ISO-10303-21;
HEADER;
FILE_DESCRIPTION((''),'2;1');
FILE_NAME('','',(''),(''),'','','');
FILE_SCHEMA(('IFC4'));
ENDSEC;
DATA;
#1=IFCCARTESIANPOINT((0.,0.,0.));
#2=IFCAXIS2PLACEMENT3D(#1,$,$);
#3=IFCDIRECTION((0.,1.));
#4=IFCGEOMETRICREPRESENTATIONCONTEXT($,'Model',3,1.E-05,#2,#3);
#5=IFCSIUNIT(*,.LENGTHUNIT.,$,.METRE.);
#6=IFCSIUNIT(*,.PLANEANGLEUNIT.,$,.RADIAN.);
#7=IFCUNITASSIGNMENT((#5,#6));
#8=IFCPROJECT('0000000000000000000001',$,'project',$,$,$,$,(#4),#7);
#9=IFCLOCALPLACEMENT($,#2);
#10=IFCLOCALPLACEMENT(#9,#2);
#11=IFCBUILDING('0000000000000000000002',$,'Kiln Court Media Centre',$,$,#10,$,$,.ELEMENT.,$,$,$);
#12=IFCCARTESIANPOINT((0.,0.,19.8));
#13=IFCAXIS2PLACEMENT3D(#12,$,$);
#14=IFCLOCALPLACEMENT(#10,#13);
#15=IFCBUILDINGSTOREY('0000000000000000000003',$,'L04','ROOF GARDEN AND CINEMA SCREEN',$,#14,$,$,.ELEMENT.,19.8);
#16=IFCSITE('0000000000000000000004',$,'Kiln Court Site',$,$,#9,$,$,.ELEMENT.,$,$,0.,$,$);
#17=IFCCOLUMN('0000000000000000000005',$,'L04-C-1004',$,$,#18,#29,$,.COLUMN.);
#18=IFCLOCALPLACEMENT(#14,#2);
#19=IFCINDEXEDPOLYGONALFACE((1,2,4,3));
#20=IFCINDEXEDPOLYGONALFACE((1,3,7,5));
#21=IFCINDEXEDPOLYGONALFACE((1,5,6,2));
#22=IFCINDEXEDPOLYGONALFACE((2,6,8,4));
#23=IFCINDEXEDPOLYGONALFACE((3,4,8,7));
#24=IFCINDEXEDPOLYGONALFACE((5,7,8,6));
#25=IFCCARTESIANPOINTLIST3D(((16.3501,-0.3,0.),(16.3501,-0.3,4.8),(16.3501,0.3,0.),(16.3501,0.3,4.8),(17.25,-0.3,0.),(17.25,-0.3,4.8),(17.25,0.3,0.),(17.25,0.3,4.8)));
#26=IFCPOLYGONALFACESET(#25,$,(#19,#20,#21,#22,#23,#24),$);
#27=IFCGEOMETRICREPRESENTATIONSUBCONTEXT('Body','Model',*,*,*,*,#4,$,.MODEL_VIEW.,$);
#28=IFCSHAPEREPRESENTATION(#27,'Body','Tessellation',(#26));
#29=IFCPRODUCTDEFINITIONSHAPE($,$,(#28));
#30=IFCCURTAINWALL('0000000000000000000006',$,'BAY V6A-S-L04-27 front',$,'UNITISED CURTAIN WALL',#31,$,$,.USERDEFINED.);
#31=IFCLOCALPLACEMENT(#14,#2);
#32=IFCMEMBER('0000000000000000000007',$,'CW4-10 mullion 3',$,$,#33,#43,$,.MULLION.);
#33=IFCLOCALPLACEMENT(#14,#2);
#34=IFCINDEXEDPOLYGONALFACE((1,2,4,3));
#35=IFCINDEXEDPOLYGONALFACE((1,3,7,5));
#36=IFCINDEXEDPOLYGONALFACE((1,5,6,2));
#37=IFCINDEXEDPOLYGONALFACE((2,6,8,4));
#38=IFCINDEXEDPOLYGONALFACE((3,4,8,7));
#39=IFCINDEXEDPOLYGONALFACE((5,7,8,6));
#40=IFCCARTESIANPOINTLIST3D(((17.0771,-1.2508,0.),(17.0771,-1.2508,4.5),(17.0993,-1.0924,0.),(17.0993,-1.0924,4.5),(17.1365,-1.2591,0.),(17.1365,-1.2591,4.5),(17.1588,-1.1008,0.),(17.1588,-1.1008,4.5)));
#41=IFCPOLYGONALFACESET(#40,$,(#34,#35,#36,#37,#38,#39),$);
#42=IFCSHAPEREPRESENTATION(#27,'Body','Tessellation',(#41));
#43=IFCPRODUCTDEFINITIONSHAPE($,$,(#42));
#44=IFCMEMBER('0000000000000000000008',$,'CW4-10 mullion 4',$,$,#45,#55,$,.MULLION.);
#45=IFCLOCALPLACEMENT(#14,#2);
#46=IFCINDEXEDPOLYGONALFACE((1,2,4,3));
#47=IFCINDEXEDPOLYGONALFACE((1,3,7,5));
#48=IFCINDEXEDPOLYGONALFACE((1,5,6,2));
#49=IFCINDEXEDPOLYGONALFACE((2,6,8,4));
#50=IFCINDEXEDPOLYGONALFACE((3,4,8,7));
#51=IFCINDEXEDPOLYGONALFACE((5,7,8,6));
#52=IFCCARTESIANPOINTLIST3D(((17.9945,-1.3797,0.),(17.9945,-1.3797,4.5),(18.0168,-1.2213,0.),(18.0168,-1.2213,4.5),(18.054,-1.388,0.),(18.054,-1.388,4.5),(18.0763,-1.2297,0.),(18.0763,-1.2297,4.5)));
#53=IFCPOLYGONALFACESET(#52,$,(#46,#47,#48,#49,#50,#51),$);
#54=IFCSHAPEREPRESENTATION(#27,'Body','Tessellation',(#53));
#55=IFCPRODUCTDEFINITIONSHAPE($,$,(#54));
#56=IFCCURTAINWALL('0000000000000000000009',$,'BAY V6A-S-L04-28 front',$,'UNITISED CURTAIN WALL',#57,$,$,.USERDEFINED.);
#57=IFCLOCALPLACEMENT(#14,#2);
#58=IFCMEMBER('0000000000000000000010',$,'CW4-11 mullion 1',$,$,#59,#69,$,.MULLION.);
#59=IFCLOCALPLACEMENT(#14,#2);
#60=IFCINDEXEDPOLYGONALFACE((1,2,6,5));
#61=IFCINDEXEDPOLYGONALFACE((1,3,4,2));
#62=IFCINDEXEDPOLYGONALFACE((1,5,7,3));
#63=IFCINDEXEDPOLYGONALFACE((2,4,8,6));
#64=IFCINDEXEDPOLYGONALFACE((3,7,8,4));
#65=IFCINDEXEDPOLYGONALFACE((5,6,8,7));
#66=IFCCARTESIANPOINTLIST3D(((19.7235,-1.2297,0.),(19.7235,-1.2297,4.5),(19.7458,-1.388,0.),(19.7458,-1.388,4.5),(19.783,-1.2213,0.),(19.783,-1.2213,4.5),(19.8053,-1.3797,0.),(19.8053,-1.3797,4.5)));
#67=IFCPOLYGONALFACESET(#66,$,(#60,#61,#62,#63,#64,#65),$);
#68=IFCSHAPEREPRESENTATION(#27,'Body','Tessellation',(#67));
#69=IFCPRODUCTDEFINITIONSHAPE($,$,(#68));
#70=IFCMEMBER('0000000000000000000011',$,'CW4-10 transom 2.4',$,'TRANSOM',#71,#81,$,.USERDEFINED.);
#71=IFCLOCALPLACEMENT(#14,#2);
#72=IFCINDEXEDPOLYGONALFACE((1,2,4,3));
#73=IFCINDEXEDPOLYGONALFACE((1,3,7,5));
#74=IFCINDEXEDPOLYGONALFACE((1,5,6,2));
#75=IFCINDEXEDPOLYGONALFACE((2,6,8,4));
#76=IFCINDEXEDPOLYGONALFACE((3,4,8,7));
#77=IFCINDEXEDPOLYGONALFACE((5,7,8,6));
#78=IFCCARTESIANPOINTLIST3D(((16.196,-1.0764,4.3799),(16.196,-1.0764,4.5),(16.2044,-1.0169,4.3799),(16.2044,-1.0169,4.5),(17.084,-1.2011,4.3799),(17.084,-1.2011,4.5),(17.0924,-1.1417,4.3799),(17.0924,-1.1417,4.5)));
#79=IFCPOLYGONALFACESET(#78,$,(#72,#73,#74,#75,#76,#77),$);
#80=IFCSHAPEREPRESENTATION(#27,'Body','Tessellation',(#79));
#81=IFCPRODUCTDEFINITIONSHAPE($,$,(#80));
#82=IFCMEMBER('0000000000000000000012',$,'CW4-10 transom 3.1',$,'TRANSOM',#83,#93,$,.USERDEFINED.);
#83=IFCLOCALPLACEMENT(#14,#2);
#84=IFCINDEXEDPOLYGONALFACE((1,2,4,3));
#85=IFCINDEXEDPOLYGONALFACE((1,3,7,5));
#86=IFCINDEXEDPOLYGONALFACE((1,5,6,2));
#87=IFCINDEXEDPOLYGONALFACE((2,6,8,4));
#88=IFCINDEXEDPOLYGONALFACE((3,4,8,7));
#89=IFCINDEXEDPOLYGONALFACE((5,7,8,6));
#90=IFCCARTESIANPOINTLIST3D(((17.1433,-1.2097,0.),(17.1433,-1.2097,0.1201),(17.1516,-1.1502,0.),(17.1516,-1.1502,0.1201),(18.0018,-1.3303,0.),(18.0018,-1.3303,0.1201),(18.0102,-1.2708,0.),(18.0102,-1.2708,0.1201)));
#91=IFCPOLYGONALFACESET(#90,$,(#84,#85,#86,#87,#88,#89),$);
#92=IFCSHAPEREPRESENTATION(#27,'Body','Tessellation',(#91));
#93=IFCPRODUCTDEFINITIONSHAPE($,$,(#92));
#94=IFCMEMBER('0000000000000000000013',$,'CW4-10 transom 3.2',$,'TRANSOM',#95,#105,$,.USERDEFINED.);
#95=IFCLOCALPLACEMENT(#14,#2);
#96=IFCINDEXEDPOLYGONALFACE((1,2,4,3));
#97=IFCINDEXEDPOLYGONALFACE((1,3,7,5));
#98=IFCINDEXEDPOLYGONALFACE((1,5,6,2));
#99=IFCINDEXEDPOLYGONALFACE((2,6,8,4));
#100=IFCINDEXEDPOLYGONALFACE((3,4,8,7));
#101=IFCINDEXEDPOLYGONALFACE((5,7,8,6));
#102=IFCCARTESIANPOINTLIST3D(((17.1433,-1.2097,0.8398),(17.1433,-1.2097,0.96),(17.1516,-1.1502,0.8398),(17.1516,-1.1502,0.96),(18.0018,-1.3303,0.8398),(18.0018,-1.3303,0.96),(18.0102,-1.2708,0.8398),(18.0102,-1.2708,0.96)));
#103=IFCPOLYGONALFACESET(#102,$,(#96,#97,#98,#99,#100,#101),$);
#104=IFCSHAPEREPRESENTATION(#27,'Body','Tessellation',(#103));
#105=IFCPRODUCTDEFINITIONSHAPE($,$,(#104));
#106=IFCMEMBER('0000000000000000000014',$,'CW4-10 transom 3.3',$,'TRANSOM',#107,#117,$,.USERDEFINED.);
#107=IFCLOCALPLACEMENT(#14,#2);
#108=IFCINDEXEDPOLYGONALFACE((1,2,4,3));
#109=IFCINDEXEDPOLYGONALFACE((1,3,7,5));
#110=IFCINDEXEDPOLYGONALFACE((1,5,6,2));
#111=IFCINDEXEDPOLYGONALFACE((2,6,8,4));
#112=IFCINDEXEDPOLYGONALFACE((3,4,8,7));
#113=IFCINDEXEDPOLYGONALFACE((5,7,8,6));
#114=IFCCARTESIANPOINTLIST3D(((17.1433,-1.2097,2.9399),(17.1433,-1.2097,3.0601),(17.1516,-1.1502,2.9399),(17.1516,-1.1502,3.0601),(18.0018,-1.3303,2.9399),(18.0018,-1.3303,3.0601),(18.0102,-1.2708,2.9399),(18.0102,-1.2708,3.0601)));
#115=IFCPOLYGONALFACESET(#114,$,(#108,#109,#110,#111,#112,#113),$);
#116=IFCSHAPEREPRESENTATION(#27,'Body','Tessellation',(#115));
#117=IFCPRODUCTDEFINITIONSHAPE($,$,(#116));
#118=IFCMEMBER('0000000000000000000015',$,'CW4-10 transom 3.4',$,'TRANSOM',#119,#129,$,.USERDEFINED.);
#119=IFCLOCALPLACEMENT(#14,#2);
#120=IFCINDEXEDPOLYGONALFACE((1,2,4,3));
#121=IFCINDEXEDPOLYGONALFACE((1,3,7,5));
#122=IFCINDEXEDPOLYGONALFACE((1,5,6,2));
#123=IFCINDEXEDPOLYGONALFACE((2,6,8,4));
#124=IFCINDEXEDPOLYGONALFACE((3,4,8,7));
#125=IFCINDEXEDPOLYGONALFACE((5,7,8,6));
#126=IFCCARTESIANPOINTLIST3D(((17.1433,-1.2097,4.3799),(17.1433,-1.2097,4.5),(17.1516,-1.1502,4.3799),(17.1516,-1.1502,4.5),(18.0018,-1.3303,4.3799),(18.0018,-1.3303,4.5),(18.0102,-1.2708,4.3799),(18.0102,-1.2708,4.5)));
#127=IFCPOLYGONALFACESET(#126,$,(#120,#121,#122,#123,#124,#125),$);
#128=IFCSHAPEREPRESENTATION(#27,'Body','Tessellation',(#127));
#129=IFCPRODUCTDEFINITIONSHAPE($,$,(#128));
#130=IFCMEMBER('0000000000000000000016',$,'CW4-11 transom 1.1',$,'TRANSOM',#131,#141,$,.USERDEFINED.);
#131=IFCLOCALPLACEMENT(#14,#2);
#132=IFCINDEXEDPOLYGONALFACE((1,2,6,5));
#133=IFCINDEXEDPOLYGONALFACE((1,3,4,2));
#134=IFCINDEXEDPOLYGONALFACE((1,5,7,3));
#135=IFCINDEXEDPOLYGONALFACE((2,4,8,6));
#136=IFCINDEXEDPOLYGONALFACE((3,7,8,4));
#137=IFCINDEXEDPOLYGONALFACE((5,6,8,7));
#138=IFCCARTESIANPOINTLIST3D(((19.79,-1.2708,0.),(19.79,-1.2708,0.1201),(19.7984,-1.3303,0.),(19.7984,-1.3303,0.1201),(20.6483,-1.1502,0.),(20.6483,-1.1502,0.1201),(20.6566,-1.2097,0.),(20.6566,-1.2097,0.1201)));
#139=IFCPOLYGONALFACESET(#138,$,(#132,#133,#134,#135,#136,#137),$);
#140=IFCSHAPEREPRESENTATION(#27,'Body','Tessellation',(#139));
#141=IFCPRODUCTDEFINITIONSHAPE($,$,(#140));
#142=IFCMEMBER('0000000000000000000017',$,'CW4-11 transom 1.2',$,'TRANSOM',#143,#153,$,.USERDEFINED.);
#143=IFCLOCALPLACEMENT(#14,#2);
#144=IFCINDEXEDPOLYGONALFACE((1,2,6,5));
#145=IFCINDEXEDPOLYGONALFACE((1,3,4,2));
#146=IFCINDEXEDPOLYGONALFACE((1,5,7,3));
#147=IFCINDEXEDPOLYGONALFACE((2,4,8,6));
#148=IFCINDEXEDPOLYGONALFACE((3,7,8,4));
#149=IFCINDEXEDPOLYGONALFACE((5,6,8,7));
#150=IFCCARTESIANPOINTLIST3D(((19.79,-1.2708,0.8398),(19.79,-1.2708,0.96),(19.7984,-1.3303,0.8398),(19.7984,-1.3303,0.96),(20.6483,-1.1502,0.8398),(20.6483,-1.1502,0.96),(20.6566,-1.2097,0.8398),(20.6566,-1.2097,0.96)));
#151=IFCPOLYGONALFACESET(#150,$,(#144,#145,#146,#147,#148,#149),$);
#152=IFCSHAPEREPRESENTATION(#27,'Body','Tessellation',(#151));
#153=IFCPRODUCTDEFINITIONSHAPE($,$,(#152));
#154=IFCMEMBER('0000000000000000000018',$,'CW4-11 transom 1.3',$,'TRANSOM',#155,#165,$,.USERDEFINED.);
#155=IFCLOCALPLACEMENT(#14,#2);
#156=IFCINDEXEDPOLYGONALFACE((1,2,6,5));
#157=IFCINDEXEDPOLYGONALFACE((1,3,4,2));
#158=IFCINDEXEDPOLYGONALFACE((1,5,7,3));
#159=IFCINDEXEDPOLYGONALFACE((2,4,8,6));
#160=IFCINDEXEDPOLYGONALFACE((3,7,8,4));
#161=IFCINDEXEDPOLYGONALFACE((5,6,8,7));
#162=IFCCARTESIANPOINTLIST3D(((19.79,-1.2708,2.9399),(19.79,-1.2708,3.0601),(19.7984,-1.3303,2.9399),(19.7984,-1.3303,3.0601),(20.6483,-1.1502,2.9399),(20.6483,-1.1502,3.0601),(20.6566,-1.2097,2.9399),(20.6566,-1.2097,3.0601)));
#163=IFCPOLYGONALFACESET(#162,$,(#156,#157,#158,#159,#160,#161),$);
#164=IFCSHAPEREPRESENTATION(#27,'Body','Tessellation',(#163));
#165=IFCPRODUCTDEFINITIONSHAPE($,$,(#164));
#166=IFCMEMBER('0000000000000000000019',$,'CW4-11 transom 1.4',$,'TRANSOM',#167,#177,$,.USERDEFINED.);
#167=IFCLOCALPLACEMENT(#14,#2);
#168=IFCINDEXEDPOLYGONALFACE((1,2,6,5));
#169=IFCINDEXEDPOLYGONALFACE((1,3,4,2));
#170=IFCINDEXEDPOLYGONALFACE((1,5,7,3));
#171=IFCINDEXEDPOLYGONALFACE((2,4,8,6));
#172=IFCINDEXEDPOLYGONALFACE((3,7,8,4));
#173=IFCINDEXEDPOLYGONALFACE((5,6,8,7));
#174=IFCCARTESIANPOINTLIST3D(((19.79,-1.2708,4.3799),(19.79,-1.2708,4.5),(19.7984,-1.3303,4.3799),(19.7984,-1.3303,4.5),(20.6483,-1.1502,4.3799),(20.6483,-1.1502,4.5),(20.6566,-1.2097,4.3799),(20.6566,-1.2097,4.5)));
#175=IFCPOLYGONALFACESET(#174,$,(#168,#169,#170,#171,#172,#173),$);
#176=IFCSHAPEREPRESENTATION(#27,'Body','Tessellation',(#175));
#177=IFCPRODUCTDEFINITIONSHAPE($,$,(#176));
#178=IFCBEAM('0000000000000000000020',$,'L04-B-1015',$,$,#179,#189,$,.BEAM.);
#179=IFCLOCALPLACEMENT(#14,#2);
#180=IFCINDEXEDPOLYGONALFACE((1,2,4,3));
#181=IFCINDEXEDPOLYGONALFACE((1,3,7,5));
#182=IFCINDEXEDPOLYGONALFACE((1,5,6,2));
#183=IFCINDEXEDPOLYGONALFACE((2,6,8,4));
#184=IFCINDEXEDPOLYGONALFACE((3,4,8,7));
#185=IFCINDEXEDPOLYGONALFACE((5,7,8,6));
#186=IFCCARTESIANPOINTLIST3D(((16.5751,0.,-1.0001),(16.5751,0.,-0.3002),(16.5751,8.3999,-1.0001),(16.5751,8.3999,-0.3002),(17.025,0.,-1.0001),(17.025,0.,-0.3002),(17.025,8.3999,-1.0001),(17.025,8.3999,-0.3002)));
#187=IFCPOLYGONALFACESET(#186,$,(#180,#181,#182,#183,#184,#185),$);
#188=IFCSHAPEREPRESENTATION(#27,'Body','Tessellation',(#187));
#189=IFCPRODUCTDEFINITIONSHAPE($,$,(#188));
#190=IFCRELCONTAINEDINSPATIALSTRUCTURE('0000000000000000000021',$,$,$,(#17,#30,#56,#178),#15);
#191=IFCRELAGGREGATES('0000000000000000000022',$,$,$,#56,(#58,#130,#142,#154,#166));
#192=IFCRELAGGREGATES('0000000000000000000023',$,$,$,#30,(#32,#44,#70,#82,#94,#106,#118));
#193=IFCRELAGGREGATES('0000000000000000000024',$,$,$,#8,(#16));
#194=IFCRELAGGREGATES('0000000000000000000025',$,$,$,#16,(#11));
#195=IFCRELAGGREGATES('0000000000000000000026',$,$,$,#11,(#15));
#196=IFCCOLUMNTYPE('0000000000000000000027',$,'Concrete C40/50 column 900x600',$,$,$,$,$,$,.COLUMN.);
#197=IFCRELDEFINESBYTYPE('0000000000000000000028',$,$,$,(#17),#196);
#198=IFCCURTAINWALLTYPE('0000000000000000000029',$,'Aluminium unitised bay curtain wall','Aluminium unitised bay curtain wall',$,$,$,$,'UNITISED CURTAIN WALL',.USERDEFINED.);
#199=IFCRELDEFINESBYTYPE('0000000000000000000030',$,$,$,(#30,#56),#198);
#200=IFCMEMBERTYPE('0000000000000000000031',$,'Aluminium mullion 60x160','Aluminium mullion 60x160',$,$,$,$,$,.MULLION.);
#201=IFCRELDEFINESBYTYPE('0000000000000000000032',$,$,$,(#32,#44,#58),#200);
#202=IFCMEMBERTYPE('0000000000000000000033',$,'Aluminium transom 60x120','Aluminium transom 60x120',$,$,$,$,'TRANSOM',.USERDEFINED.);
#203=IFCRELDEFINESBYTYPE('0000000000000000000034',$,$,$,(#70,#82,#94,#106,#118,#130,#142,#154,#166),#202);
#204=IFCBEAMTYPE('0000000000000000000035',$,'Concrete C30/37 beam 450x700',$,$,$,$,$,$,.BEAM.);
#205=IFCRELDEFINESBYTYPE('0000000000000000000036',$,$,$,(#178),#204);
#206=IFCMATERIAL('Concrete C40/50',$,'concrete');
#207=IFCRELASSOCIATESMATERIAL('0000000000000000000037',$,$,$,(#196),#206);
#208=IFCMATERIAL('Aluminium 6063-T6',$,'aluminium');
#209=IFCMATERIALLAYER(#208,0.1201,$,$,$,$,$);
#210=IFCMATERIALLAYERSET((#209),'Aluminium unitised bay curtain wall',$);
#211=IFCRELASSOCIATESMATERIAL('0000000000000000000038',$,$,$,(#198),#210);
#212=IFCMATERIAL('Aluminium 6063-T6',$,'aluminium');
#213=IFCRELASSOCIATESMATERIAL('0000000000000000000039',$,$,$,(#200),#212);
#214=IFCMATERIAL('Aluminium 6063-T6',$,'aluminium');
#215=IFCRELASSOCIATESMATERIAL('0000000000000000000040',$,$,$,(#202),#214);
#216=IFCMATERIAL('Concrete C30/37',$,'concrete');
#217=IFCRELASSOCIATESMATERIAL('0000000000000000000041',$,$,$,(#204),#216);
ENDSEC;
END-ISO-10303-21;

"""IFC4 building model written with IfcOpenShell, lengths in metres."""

from ifc_helpers import new_model, si_unit, direction, frame, origin, origin_2d, place, context, subcontext, project, spatial, rectangle, extrude, material, layer, layer_set, material_profile, profile_set, type_object, element, aggregate, save


model = new_model("IFC4")

# Units and contexts
model_context = context("Model", 3, precision=1e-05, world=origin(), true_north=direction((0.0, 1.0)))
body_context = subcontext(model_context, "Body", "Model", "MODEL_VIEW")
ifc_project = project(units=[si_unit("LENGTHUNIT", "METRE"), si_unit("PLANEANGLEUNIT", "RADIAN")], contexts=[model_context])

# Site, building, storey
site_placement = place(None, origin())
site = spatial("IfcSite", under=ifc_project, at=site_placement, Name="Kiln Court Site", CompositionType="ELEMENT", RefElevation=0.0)
building_placement = place(site_placement, origin())
building = spatial("IfcBuilding", under=site, at=building_placement, Name="Kiln Court Media Centre", CompositionType="ELEMENT")
storey_placement = place(building_placement, frame((0.0, 0.0, 19.8)))
storey = spatial("IfcBuildingStorey", under=building, at=storey_placement, Name="L04", Description="ROOF GARDEN AND CINEMA SCREEN", CompositionType="ELEMENT", Elevation=19.8)

# Column
ifc_material_1 = material(Name="Concrete C40/50", Category="concrete")
ifc_material_profile_1 = material_profile(ifc_material_1, rectangle(XDim=0.8999, YDim=0.6001, at=origin_2d()), Name="RC 900x600")
ifc_profile_set_1 = profile_set([ifc_material_profile_1], Name="Concrete C40/50")
column_type = type_object("IfcColumnType", Name="Concrete C40/50 column 900x600", PredefinedType="COLUMN", material=ifc_profile_set_1)
column_placement = place(storey_placement, frame((16.8, 0.0, 0.0), z_axis=(0.0, 0.0, 1.0), x_axis=(1.0, 0.0, 0.0)))
element("IfcColumn", 1, at=column_placement, inside=storey, type_object=column_type, Name="L04-C-1004", PredefinedType="COLUMN", context=body_context, shape_type="SweptSolid", body=[
    extrude(rectangle(XDim=0.8999, YDim=0.6001, at=origin_2d()), origin(), (0.0, 0.0, 1.0), 4.8),
])

# Curtain wall, members
ifc_material_2 = material(Name="Aluminium 6063-T6", Category="aluminium")
ifc_layer_1 = layer(ifc_material_2, 0.1201)
ifc_layer_set_1 = layer_set([ifc_layer_1], Name="Aluminium unitised bay curtain wall")
curtain_wall_type = type_object("IfcCurtainWallType", Name="Aluminium unitised bay curtain wall", Description="Aluminium unitised bay curtain wall", ElementType="UNITISED CURTAIN WALL", PredefinedType="USERDEFINED", material=ifc_layer_set_1)
curtain_wall_1_placement = place(storey_placement, origin())
curtain_wall_1 = element("IfcCurtainWall", 2, at=curtain_wall_1_placement, inside=storey, type_object=curtain_wall_type, Name="BAY V6A-S-L04-27 front", ObjectType="UNITISED CURTAIN WALL", PredefinedType="USERDEFINED")
ifc_material_3 = material(Name="Aluminium 6063-T6", Category="aluminium")
ifc_material_profile_2 = material_profile(ifc_material_3, rectangle(XDim=0.0601, YDim=0.1599, at=origin_2d()), Name="Aluminium mullion 60x160")
ifc_profile_set_2 = profile_set([ifc_material_profile_2], Name="Aluminium 6063-T6")
member_type_1 = type_object("IfcMemberType", Name="Aluminium mullion 60x160", Description="Aluminium mullion 60x160", PredefinedType="MULLION", material=ifc_profile_set_2)
member_1_placement = place(storey_placement, frame((17.1179, -1.1758, 0.0), z_axis=(0.0, 0.0, 1.0), x_axis=(0.99027, -0.139162, 0.0)))
member_1 = element("IfcMember", 3, at=member_1_placement, type_object=member_type_1, Name="CW4-10 mullion 3", PredefinedType="MULLION", context=body_context, shape_type="SweptSolid", body=[
    extrude(rectangle(XDim=0.0601, YDim=0.1599, at=origin_2d()), origin(), (0.0, 0.0, 1.0), 4.5),
])
member_2_placement = place(storey_placement, frame((18.0354, -1.3047, 0.0), z_axis=(0.0, 0.0, 1.0), x_axis=(0.99027, -0.139162, 0.0)))
member_2 = element("IfcMember", 4, at=member_2_placement, type_object=member_type_1, Name="CW4-10 mullion 4", PredefinedType="MULLION", context=body_context, shape_type="SweptSolid", body=[
    extrude(rectangle(XDim=0.0601, YDim=0.1599, at=origin_2d()), origin(), (0.0, 0.0, 1.0), 4.5),
])

# Curtain wall, member
curtain_wall_2_placement = place(storey_placement, origin())
curtain_wall_2 = element("IfcCurtainWall", 5, at=curtain_wall_2_placement, inside=storey, type_object=curtain_wall_type, Name="BAY V6A-S-L04-28 front", ObjectType="UNITISED CURTAIN WALL", PredefinedType="USERDEFINED")
member_3_placement = place(storey_placement, frame((19.7644, -1.3047, 0.0), z_axis=(0.0, 0.0, 1.0), x_axis=(0.99027, 0.139162, 0.0)))
member_3 = element("IfcMember", 6, at=member_3_placement, type_object=member_type_1, Name="CW4-11 mullion 1", PredefinedType="MULLION", context=body_context, shape_type="SweptSolid", body=[
    extrude(rectangle(XDim=0.0601, YDim=0.1599, at=origin_2d()), origin(), (0.0, 0.0, 1.0), 4.5),
])

# Members
ifc_material_4 = material(Name="Aluminium 6063-T6", Category="aluminium")
ifc_material_profile_3 = material_profile(ifc_material_4, rectangle(XDim=0.0601, YDim=0.1201, at=origin_2d()), Name="Aluminium transom 60x120")
ifc_profile_set_3 = profile_set([ifc_material_profile_3], Name="Aluminium 6063-T6")
member_type_2 = type_object("IfcMemberType", Name="Aluminium transom 60x120", Description="Aluminium transom 60x120", ElementType="TRANSOM", PredefinedType="USERDEFINED", material=ifc_profile_set_3)
member_4_placement = place(storey_placement, frame((16.2002, -1.0466, 4.4399), z_axis=(0.990274, -0.139134, 0.0), x_axis=(0.139134, 0.990274, 0.0)))
member_4 = element("IfcMember", 7, at=member_4_placement, type_object=member_type_2, Name="CW4-10 transom 2.4", ObjectType="TRANSOM", PredefinedType="USERDEFINED", context=body_context, shape_type="SweptSolid", body=[
    extrude(rectangle(XDim=0.0601, YDim=0.1201, at=origin_2d()), origin(), (0.0, 0.0, 1.0), 0.8967),
])
member_5_placement = place(storey_placement, frame((17.1475, -1.1799, 0.0601), z_axis=(0.990274, -0.139134, 0.0), x_axis=(0.139134, 0.990274, 0.0)))
member_5 = element("IfcMember", 8, at=member_5_placement, type_object=member_type_2, Name="CW4-10 transom 3.1", ObjectType="TRANSOM", PredefinedType="USERDEFINED", context=body_context, shape_type="SweptSolid", body=[
    extrude(rectangle(XDim=0.0601, YDim=0.1201, at=origin_2d()), origin(), (0.0, 0.0, 1.0), 0.8669),
])
member_6_placement = place(storey_placement, frame((17.1475, -1.1799, 0.8999), z_axis=(0.990274, -0.139134, 0.0), x_axis=(0.139134, 0.990274, 0.0)))
member_6 = element("IfcMember", 9, at=member_6_placement, type_object=member_type_2, Name="CW4-10 transom 3.2", ObjectType="TRANSOM", PredefinedType="USERDEFINED", context=body_context, shape_type="SweptSolid", body=[
    extrude(rectangle(XDim=0.0601, YDim=0.1201, at=origin_2d()), origin(), (0.0, 0.0, 1.0), 0.8669),
])
member_7_placement = place(storey_placement, frame((17.1475, -1.1799, 3.0), z_axis=(0.990274, -0.139134, 0.0), x_axis=(0.139134, 0.990274, 0.0)))
member_7 = element("IfcMember", 10, at=member_7_placement, type_object=member_type_2, Name="CW4-10 transom 3.3", ObjectType="TRANSOM", PredefinedType="USERDEFINED", context=body_context, shape_type="SweptSolid", body=[
    extrude(rectangle(XDim=0.0601, YDim=0.1201, at=origin_2d()), origin(), (0.0, 0.0, 1.0), 0.8669),
])
member_8_placement = place(storey_placement, frame((17.1475, -1.1799, 4.4399), z_axis=(0.990274, -0.139134, 0.0), x_axis=(0.139134, 0.990274, 0.0)))
member_8 = element("IfcMember", 11, at=member_8_placement, type_object=member_type_2, Name="CW4-10 transom 3.4", ObjectType="TRANSOM", PredefinedType="USERDEFINED", context=body_context, shape_type="SweptSolid", body=[
    extrude(rectangle(XDim=0.0601, YDim=0.1201, at=origin_2d()), origin(), (0.0, 0.0, 1.0), 0.8669),
])
member_9_placement = place(storey_placement, frame((19.7942, -1.3005, 0.0601), z_axis=(0.990268, 0.139173, 0.0), x_axis=(-0.139173, 0.990268, 0.0)))
member_9 = element("IfcMember", 12, at=member_9_placement, type_object=member_type_2, Name="CW4-11 transom 1.1", ObjectType="TRANSOM", PredefinedType="USERDEFINED", context=body_context, shape_type="SweptSolid", body=[
    extrude(rectangle(XDim=0.0601, YDim=0.1201, at=origin_2d()), origin(), (0.0, 0.0, 1.0), 0.8667),
])
member_10_placement = place(storey_placement, frame((19.7942, -1.3005, 0.8999), z_axis=(0.990268, 0.139173, 0.0), x_axis=(-0.139173, 0.990268, 0.0)))
member_10 = element("IfcMember", 13, at=member_10_placement, type_object=member_type_2, Name="CW4-11 transom 1.2", ObjectType="TRANSOM", PredefinedType="USERDEFINED", context=body_context, shape_type="SweptSolid", body=[
    extrude(rectangle(XDim=0.0601, YDim=0.1201, at=origin_2d()), origin(), (0.0, 0.0, 1.0), 0.8667),
])
member_11_placement = place(storey_placement, frame((19.7942, -1.3005, 3.0), z_axis=(0.990268, 0.139173, 0.0), x_axis=(-0.139173, 0.990268, 0.0)))
member_11 = element("IfcMember", 14, at=member_11_placement, type_object=member_type_2, Name="CW4-11 transom 1.3", ObjectType="TRANSOM", PredefinedType="USERDEFINED", context=body_context, shape_type="SweptSolid", body=[
    extrude(rectangle(XDim=0.0601, YDim=0.1201, at=origin_2d()), origin(), (0.0, 0.0, 1.0), 0.8667),
])
member_12_placement = place(storey_placement, frame((19.7942, -1.3005, 4.4399), z_axis=(0.990268, 0.139173, 0.0), x_axis=(-0.139173, 0.990268, 0.0)))
member_12 = element("IfcMember", 15, at=member_12_placement, type_object=member_type_2, Name="CW4-11 transom 1.4", ObjectType="TRANSOM", PredefinedType="USERDEFINED", context=body_context, shape_type="SweptSolid", body=[
    extrude(rectangle(XDim=0.0601, YDim=0.1201, at=origin_2d()), origin(), (0.0, 0.0, 1.0), 0.8667),
])

# Beam
ifc_material_5 = material(Name="Concrete C30/37", Category="concrete")
ifc_material_profile_4 = material_profile(ifc_material_5, rectangle(XDim=0.45, YDim=0.7, at=origin_2d()), Name="RC 450x700")
ifc_profile_set_4 = profile_set([ifc_material_profile_4], Name="Concrete C30/37")
beam_type = type_object("IfcBeamType", Name="Concrete C30/37 beam 450x700", PredefinedType="BEAM", material=ifc_profile_set_4)
for number, where, z_axis, x_axis, name in (
    (16, (16.8, 0.0, -0.6501), (0.0, 1.0, 0.0), (-1.0, 0.0, 0.0), "L04-B-1015"),
):
    element("IfcBeam", number, at=place(storey_placement, frame(where, z_axis=z_axis, x_axis=x_axis)), inside=storey, type_object=beam_type, Name=name, PredefinedType="BEAM", context=body_context, shape_type="SweptSolid", body=[
        extrude(rectangle(XDim=0.45, YDim=0.7, at=origin_2d()), origin(), (0.0, 0.0, 1.0), 8.3999),
    ])

aggregate(curtain_wall_2, [member_3, member_9, member_10, member_11, member_12])
aggregate(curtain_wall_1, [member_1, member_2, member_4, member_5, member_6, member_7, member_8])

save(model, "model.ifc")
